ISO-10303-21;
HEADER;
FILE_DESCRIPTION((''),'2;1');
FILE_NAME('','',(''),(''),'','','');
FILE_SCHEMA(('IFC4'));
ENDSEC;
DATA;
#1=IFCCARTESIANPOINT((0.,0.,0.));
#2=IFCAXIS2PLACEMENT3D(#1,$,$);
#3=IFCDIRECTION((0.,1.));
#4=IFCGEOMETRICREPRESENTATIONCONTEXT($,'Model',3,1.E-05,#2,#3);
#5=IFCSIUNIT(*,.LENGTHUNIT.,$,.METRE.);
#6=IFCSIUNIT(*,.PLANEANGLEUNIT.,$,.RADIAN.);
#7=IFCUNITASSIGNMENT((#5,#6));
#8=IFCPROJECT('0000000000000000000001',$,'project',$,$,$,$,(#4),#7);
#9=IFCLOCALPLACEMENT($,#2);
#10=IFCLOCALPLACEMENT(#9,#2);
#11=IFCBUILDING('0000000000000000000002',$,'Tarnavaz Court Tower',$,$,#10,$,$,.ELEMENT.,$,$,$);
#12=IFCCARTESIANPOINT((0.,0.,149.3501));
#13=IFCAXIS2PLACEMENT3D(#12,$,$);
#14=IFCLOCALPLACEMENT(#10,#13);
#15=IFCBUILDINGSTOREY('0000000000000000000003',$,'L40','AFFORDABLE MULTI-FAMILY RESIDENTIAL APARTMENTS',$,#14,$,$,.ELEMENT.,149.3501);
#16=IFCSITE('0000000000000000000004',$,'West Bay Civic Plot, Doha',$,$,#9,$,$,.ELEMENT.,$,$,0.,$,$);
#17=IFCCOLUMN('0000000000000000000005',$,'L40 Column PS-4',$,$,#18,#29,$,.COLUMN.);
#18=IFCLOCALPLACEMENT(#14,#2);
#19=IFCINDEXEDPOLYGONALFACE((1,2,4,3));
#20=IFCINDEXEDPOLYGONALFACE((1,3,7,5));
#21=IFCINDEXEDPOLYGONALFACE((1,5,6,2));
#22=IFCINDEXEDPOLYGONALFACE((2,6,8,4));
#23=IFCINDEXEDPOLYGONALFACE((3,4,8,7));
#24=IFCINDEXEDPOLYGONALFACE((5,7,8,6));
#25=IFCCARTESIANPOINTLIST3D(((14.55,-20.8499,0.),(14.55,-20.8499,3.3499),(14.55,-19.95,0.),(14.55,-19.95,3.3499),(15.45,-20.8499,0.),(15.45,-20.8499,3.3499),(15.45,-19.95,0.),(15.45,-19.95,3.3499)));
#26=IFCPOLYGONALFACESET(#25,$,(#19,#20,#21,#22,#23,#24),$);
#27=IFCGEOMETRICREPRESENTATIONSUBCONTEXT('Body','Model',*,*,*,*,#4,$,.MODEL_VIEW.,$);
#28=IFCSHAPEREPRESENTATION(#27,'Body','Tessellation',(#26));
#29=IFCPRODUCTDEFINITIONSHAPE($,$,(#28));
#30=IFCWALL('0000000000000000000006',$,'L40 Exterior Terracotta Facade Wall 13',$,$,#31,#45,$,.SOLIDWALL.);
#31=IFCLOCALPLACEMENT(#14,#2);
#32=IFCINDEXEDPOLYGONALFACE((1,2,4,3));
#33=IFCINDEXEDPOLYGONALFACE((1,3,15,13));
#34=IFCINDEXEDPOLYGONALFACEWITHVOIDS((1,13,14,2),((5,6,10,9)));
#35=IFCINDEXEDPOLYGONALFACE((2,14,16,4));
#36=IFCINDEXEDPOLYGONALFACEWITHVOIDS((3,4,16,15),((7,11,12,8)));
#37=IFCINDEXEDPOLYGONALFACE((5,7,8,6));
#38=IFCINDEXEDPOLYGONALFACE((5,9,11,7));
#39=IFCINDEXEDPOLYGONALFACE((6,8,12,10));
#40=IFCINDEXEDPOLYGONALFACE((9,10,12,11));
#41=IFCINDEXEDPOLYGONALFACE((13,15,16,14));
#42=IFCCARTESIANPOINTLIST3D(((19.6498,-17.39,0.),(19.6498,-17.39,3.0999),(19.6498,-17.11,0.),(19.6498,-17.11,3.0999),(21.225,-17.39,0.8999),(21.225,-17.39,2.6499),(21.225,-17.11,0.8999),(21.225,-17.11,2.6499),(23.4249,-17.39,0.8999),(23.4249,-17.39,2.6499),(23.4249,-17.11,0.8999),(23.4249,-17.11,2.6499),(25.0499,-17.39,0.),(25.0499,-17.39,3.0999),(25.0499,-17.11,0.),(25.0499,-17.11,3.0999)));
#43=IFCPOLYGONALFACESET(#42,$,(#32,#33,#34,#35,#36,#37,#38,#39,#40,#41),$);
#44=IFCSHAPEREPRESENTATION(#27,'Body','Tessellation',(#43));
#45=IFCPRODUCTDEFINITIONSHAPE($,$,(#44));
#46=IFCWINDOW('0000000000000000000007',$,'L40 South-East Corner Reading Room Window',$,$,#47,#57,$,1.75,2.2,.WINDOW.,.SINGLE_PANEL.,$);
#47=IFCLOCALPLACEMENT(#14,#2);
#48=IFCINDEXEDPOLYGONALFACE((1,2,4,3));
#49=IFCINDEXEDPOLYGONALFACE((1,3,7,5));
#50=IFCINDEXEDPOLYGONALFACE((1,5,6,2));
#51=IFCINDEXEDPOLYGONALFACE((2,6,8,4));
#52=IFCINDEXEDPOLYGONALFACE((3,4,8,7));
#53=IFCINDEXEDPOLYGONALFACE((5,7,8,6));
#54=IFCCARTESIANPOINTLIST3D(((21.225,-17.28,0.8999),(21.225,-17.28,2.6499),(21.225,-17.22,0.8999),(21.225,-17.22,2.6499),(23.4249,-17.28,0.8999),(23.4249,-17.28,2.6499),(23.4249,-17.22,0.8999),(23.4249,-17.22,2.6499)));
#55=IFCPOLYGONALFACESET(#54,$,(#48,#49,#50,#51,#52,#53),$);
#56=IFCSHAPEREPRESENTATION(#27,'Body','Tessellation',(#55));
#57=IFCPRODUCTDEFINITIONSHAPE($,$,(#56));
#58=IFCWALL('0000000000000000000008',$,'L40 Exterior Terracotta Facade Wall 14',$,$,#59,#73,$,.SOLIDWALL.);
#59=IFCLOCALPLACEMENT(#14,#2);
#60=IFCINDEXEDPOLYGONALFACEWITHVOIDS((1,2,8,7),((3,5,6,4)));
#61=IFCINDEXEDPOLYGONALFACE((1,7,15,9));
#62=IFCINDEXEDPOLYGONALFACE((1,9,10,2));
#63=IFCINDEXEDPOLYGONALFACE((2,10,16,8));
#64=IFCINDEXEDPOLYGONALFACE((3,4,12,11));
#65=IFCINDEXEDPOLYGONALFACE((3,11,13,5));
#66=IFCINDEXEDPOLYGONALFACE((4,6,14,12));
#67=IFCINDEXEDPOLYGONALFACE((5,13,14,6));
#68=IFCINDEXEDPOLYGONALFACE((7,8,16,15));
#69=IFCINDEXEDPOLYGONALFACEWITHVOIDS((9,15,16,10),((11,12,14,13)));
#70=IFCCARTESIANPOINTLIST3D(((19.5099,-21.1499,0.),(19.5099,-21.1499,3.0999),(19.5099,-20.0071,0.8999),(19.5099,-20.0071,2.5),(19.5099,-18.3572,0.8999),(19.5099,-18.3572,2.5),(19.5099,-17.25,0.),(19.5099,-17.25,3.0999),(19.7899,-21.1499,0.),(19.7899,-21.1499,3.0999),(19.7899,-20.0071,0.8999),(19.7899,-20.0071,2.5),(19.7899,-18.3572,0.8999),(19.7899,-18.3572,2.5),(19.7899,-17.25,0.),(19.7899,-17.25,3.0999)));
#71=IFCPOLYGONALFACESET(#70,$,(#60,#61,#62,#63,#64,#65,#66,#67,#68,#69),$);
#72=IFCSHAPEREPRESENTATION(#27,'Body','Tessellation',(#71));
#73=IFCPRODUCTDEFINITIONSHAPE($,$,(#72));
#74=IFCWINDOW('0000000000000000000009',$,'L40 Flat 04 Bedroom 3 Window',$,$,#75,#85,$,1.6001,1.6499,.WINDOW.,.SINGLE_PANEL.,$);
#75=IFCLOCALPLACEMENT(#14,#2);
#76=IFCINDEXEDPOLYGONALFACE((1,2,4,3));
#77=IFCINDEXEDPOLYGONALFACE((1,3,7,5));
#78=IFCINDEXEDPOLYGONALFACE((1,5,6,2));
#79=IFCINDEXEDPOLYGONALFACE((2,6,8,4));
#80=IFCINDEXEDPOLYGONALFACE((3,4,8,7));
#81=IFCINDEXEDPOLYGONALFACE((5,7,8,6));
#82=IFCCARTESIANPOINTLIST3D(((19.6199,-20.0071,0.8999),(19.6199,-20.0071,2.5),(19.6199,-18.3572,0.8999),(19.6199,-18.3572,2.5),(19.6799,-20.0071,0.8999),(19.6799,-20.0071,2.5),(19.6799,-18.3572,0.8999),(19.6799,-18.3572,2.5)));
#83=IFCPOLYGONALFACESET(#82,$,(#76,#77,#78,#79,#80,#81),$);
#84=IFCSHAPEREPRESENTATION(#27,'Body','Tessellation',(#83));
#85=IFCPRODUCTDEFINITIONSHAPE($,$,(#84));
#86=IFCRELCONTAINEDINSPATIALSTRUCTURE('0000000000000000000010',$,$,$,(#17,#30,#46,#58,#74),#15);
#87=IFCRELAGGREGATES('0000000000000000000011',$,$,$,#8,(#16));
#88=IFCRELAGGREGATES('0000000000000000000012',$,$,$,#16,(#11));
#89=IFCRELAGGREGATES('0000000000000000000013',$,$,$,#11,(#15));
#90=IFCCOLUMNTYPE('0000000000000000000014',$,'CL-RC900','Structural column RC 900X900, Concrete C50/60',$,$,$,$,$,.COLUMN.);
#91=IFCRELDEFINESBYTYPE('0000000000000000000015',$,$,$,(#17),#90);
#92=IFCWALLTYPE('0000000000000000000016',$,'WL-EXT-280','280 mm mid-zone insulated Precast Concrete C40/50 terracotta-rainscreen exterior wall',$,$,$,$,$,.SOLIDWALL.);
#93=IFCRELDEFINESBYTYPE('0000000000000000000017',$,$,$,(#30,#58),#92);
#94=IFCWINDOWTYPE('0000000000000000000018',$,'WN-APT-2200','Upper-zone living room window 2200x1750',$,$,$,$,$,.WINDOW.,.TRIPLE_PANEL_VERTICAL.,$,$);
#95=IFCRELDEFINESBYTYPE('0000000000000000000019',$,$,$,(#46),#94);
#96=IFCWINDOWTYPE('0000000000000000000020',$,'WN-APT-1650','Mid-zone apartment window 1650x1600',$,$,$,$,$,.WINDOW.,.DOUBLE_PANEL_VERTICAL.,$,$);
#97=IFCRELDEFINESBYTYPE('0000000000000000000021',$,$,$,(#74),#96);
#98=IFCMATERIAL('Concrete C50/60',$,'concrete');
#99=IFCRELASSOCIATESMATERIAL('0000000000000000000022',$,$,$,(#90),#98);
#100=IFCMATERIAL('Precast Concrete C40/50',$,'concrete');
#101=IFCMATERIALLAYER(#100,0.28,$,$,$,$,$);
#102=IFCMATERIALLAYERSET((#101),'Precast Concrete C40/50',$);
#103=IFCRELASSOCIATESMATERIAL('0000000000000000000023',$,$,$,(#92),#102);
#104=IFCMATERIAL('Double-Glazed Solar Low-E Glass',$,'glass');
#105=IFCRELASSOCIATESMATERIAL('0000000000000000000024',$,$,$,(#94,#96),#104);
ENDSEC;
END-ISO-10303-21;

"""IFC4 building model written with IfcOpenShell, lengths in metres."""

from ifc_helpers import new_model, si_unit, direction, frame, frame_2d, origin, origin_2d, place, context, subcontext, project, spatial, rectangle, extrude, material, layer, layer_set, material_profile, profile_set, type_object, element, fill, save


model = new_model("IFC4")

# Units and contexts
model_context = context("Model", 3, precision=1e-05, world=origin(), true_north=direction((0.0, 1.0)))
body_context = subcontext(model_context, "Body", "Model", "MODEL_VIEW")
ifc_project = project(units=[si_unit("LENGTHUNIT", "METRE"), si_unit("PLANEANGLEUNIT", "RADIAN")], contexts=[model_context])

# Site, building, storey
site_placement = place(None, origin())
site = spatial("IfcSite", under=ifc_project, at=site_placement, Name="West Bay Civic Plot, Doha", CompositionType="ELEMENT", RefElevation=0.0)
building_placement = place(site_placement, origin())
building = spatial("IfcBuilding", under=site, at=building_placement, Name="Tarnavaz Court Tower", CompositionType="ELEMENT")
storey_placement = place(building_placement, frame((0.0, 0.0, 149.3501)))
storey = spatial("IfcBuildingStorey", under=building, at=storey_placement, Name="L40", Description="AFFORDABLE MULTI-FAMILY RESIDENTIAL APARTMENTS", CompositionType="ELEMENT", Elevation=149.3501)

# Column
ifc_material_1 = material(Name="Concrete C50/60", Category="concrete")
ifc_material_profile_1 = material_profile(ifc_material_1, rectangle(XDim=0.8999, YDim=0.8999, at=origin_2d()), Name="RC 900X900")
ifc_profile_set_1 = profile_set([ifc_material_profile_1], Name="Concrete C50/60")
column_type = type_object("IfcColumnType", Name="CL-RC900", Description="Structural column RC 900X900, Concrete C50/60", PredefinedType="COLUMN", material=ifc_profile_set_1)
column_placement = place(storey_placement, frame((15.0, -20.3999, 0.0), z_axis=(0.0, 0.0, 1.0), x_axis=(1.0, 0.0, 0.0)))
element("IfcColumn", 1, at=column_placement, inside=storey, type_object=column_type, Name="L40 Column PS-4", PredefinedType="COLUMN", context=body_context, shape_type="SweptSolid", body=[
    extrude(rectangle(XDim=0.8999, YDim=0.8999, at=origin_2d()), origin(), (0.0, 0.0, 1.0), 3.3499),
])

# Walls, openings, windows
ifc_material_2 = material(Name="Precast Concrete C40/50", Category="concrete")
ifc_layer_1 = layer(ifc_material_2, 0.28)
ifc_layer_set_1 = layer_set([ifc_layer_1], Name="Precast Concrete C40/50")
wall_type_1 = type_object("IfcWallType", Name="WL-EXT-280", Description="280 mm mid-zone insulated Precast Concrete C40/50 terracotta-rainscreen exterior wall", PredefinedType="SOLIDWALL", material=ifc_layer_set_1)
wall_1_placement = place(storey_placement, frame((25.05, -17.25, 0.0), z_axis=(0.0, 0.0, 1.0), x_axis=(-1.0, 0.0, 0.0)))
wall_1 = element("IfcWall", 2, at=wall_1_placement, inside=storey, type_object=wall_type_1, Name="L40 Exterior Terracotta Facade Wall 13", PredefinedType="SOLIDWALL", context=body_context, shape_type="SweptSolid", body=[
    extrude(rectangle(XDim=5.4001, YDim=0.28, at=frame_2d((2.7002, 0.0))), origin(), (0.0, 0.0, 1.0), 3.0999),
])
opening_1_placement = place(wall_1_placement, frame((1.625, 0.0, 0.8999)))
opening_1 = element("IfcOpeningElement", 3, at=opening_1_placement, cuts=wall_1, PredefinedType="OPENING", context=body_context, shape_type="SweptSolid", body=[
    extrude(rectangle(XDim=2.2, YDim=1.75, at=frame_2d((1.1001, 0.875))), frame((0.0, 0.1499, 0.0), z_axis=(0.0, -1.0, 0.0), x_axis=(1.0, 0.0, 0.0)), (0.0, 0.0, 1.0), 0.3),
])
ifc_material_3 = material(Name="Double-Glazed Solar Low-E Glass", Category="glass")
window_type_1 = type_object("IfcWindowType", Name="WN-APT-2200", Description="Upper-zone living room window 2200x1750", PartitioningType="TRIPLE_PANEL_VERTICAL", PredefinedType="WINDOW", material=ifc_material_3)
window_1_placement = place(opening_1_placement, origin())
window_1 = element("IfcWindow", 4, at=window_1_placement, inside=storey, type_object=window_type_1, Name="L40 South-East Corner Reading Room Window", OverallHeight=1.75, OverallWidth=2.2, PartitioningType="SINGLE_PANEL", PredefinedType="WINDOW", context=body_context, shape_type="SweptSolid", body=[
    extrude(rectangle(XDim=2.2, YDim=1.75, at=frame_2d((1.1001, 0.875))), frame((0.0, 0.03, 0.0), z_axis=(0.0, -1.0, 0.0), x_axis=(1.0, 0.0, 0.0)), (0.0, 0.0, 1.0), 0.0601),
])
fill(opening_1, window_1)
wall_2_placement = place(storey_placement, frame((19.6499, -17.25, 0.0), z_axis=(0.0, 0.0, 1.0), x_axis=(0.0, -1.0, 0.0)))
wall_2 = element("IfcWall", 5, at=wall_2_placement, inside=storey, type_object=wall_type_1, Name="L40 Exterior Terracotta Facade Wall 14", PredefinedType="SOLIDWALL", context=body_context, shape_type="SweptSolid", body=[
    extrude(rectangle(XDim=3.8999, YDim=0.28, at=frame_2d((1.95, 0.0))), origin(), (0.0, 0.0, 1.0), 3.0999),
])
opening_2_placement = place(wall_2_placement, frame((1.1072, 0.0, 0.8999)))
opening_2 = element("IfcOpeningElement", 6, at=opening_2_placement, cuts=wall_2, PredefinedType="OPENING", context=body_context, shape_type="SweptSolid", body=[
    extrude(rectangle(XDim=1.6499, YDim=1.6001, at=frame_2d((0.825, 0.8))), frame((0.0, 0.1499, 0.0), z_axis=(0.0, -1.0, 0.0), x_axis=(1.0, 0.0, 0.0)), (0.0, 0.0, 1.0), 0.3),
])
window_type_2 = type_object("IfcWindowType", Name="WN-APT-1650", Description="Mid-zone apartment window 1650x1600", PartitioningType="DOUBLE_PANEL_VERTICAL", PredefinedType="WINDOW", material=ifc_material_3)
window_2_placement = place(opening_2_placement, origin())
window_2 = element("IfcWindow", 7, at=window_2_placement, inside=storey, type_object=window_type_2, Name="L40 Flat 04 Bedroom 3 Window", OverallHeight=1.6001, OverallWidth=1.6499, PartitioningType="SINGLE_PANEL", PredefinedType="WINDOW", context=body_context, shape_type="SweptSolid", body=[
    extrude(rectangle(XDim=1.6499, YDim=1.6001, at=frame_2d((0.825, 0.8))), frame((0.0, 0.03, 0.0), z_axis=(0.0, -1.0, 0.0), x_axis=(1.0, 0.0, 0.0)), (0.0, 0.0, 1.0), 0.0601),
])
fill(opening_2, window_2)

save(model, "model.ifc")
